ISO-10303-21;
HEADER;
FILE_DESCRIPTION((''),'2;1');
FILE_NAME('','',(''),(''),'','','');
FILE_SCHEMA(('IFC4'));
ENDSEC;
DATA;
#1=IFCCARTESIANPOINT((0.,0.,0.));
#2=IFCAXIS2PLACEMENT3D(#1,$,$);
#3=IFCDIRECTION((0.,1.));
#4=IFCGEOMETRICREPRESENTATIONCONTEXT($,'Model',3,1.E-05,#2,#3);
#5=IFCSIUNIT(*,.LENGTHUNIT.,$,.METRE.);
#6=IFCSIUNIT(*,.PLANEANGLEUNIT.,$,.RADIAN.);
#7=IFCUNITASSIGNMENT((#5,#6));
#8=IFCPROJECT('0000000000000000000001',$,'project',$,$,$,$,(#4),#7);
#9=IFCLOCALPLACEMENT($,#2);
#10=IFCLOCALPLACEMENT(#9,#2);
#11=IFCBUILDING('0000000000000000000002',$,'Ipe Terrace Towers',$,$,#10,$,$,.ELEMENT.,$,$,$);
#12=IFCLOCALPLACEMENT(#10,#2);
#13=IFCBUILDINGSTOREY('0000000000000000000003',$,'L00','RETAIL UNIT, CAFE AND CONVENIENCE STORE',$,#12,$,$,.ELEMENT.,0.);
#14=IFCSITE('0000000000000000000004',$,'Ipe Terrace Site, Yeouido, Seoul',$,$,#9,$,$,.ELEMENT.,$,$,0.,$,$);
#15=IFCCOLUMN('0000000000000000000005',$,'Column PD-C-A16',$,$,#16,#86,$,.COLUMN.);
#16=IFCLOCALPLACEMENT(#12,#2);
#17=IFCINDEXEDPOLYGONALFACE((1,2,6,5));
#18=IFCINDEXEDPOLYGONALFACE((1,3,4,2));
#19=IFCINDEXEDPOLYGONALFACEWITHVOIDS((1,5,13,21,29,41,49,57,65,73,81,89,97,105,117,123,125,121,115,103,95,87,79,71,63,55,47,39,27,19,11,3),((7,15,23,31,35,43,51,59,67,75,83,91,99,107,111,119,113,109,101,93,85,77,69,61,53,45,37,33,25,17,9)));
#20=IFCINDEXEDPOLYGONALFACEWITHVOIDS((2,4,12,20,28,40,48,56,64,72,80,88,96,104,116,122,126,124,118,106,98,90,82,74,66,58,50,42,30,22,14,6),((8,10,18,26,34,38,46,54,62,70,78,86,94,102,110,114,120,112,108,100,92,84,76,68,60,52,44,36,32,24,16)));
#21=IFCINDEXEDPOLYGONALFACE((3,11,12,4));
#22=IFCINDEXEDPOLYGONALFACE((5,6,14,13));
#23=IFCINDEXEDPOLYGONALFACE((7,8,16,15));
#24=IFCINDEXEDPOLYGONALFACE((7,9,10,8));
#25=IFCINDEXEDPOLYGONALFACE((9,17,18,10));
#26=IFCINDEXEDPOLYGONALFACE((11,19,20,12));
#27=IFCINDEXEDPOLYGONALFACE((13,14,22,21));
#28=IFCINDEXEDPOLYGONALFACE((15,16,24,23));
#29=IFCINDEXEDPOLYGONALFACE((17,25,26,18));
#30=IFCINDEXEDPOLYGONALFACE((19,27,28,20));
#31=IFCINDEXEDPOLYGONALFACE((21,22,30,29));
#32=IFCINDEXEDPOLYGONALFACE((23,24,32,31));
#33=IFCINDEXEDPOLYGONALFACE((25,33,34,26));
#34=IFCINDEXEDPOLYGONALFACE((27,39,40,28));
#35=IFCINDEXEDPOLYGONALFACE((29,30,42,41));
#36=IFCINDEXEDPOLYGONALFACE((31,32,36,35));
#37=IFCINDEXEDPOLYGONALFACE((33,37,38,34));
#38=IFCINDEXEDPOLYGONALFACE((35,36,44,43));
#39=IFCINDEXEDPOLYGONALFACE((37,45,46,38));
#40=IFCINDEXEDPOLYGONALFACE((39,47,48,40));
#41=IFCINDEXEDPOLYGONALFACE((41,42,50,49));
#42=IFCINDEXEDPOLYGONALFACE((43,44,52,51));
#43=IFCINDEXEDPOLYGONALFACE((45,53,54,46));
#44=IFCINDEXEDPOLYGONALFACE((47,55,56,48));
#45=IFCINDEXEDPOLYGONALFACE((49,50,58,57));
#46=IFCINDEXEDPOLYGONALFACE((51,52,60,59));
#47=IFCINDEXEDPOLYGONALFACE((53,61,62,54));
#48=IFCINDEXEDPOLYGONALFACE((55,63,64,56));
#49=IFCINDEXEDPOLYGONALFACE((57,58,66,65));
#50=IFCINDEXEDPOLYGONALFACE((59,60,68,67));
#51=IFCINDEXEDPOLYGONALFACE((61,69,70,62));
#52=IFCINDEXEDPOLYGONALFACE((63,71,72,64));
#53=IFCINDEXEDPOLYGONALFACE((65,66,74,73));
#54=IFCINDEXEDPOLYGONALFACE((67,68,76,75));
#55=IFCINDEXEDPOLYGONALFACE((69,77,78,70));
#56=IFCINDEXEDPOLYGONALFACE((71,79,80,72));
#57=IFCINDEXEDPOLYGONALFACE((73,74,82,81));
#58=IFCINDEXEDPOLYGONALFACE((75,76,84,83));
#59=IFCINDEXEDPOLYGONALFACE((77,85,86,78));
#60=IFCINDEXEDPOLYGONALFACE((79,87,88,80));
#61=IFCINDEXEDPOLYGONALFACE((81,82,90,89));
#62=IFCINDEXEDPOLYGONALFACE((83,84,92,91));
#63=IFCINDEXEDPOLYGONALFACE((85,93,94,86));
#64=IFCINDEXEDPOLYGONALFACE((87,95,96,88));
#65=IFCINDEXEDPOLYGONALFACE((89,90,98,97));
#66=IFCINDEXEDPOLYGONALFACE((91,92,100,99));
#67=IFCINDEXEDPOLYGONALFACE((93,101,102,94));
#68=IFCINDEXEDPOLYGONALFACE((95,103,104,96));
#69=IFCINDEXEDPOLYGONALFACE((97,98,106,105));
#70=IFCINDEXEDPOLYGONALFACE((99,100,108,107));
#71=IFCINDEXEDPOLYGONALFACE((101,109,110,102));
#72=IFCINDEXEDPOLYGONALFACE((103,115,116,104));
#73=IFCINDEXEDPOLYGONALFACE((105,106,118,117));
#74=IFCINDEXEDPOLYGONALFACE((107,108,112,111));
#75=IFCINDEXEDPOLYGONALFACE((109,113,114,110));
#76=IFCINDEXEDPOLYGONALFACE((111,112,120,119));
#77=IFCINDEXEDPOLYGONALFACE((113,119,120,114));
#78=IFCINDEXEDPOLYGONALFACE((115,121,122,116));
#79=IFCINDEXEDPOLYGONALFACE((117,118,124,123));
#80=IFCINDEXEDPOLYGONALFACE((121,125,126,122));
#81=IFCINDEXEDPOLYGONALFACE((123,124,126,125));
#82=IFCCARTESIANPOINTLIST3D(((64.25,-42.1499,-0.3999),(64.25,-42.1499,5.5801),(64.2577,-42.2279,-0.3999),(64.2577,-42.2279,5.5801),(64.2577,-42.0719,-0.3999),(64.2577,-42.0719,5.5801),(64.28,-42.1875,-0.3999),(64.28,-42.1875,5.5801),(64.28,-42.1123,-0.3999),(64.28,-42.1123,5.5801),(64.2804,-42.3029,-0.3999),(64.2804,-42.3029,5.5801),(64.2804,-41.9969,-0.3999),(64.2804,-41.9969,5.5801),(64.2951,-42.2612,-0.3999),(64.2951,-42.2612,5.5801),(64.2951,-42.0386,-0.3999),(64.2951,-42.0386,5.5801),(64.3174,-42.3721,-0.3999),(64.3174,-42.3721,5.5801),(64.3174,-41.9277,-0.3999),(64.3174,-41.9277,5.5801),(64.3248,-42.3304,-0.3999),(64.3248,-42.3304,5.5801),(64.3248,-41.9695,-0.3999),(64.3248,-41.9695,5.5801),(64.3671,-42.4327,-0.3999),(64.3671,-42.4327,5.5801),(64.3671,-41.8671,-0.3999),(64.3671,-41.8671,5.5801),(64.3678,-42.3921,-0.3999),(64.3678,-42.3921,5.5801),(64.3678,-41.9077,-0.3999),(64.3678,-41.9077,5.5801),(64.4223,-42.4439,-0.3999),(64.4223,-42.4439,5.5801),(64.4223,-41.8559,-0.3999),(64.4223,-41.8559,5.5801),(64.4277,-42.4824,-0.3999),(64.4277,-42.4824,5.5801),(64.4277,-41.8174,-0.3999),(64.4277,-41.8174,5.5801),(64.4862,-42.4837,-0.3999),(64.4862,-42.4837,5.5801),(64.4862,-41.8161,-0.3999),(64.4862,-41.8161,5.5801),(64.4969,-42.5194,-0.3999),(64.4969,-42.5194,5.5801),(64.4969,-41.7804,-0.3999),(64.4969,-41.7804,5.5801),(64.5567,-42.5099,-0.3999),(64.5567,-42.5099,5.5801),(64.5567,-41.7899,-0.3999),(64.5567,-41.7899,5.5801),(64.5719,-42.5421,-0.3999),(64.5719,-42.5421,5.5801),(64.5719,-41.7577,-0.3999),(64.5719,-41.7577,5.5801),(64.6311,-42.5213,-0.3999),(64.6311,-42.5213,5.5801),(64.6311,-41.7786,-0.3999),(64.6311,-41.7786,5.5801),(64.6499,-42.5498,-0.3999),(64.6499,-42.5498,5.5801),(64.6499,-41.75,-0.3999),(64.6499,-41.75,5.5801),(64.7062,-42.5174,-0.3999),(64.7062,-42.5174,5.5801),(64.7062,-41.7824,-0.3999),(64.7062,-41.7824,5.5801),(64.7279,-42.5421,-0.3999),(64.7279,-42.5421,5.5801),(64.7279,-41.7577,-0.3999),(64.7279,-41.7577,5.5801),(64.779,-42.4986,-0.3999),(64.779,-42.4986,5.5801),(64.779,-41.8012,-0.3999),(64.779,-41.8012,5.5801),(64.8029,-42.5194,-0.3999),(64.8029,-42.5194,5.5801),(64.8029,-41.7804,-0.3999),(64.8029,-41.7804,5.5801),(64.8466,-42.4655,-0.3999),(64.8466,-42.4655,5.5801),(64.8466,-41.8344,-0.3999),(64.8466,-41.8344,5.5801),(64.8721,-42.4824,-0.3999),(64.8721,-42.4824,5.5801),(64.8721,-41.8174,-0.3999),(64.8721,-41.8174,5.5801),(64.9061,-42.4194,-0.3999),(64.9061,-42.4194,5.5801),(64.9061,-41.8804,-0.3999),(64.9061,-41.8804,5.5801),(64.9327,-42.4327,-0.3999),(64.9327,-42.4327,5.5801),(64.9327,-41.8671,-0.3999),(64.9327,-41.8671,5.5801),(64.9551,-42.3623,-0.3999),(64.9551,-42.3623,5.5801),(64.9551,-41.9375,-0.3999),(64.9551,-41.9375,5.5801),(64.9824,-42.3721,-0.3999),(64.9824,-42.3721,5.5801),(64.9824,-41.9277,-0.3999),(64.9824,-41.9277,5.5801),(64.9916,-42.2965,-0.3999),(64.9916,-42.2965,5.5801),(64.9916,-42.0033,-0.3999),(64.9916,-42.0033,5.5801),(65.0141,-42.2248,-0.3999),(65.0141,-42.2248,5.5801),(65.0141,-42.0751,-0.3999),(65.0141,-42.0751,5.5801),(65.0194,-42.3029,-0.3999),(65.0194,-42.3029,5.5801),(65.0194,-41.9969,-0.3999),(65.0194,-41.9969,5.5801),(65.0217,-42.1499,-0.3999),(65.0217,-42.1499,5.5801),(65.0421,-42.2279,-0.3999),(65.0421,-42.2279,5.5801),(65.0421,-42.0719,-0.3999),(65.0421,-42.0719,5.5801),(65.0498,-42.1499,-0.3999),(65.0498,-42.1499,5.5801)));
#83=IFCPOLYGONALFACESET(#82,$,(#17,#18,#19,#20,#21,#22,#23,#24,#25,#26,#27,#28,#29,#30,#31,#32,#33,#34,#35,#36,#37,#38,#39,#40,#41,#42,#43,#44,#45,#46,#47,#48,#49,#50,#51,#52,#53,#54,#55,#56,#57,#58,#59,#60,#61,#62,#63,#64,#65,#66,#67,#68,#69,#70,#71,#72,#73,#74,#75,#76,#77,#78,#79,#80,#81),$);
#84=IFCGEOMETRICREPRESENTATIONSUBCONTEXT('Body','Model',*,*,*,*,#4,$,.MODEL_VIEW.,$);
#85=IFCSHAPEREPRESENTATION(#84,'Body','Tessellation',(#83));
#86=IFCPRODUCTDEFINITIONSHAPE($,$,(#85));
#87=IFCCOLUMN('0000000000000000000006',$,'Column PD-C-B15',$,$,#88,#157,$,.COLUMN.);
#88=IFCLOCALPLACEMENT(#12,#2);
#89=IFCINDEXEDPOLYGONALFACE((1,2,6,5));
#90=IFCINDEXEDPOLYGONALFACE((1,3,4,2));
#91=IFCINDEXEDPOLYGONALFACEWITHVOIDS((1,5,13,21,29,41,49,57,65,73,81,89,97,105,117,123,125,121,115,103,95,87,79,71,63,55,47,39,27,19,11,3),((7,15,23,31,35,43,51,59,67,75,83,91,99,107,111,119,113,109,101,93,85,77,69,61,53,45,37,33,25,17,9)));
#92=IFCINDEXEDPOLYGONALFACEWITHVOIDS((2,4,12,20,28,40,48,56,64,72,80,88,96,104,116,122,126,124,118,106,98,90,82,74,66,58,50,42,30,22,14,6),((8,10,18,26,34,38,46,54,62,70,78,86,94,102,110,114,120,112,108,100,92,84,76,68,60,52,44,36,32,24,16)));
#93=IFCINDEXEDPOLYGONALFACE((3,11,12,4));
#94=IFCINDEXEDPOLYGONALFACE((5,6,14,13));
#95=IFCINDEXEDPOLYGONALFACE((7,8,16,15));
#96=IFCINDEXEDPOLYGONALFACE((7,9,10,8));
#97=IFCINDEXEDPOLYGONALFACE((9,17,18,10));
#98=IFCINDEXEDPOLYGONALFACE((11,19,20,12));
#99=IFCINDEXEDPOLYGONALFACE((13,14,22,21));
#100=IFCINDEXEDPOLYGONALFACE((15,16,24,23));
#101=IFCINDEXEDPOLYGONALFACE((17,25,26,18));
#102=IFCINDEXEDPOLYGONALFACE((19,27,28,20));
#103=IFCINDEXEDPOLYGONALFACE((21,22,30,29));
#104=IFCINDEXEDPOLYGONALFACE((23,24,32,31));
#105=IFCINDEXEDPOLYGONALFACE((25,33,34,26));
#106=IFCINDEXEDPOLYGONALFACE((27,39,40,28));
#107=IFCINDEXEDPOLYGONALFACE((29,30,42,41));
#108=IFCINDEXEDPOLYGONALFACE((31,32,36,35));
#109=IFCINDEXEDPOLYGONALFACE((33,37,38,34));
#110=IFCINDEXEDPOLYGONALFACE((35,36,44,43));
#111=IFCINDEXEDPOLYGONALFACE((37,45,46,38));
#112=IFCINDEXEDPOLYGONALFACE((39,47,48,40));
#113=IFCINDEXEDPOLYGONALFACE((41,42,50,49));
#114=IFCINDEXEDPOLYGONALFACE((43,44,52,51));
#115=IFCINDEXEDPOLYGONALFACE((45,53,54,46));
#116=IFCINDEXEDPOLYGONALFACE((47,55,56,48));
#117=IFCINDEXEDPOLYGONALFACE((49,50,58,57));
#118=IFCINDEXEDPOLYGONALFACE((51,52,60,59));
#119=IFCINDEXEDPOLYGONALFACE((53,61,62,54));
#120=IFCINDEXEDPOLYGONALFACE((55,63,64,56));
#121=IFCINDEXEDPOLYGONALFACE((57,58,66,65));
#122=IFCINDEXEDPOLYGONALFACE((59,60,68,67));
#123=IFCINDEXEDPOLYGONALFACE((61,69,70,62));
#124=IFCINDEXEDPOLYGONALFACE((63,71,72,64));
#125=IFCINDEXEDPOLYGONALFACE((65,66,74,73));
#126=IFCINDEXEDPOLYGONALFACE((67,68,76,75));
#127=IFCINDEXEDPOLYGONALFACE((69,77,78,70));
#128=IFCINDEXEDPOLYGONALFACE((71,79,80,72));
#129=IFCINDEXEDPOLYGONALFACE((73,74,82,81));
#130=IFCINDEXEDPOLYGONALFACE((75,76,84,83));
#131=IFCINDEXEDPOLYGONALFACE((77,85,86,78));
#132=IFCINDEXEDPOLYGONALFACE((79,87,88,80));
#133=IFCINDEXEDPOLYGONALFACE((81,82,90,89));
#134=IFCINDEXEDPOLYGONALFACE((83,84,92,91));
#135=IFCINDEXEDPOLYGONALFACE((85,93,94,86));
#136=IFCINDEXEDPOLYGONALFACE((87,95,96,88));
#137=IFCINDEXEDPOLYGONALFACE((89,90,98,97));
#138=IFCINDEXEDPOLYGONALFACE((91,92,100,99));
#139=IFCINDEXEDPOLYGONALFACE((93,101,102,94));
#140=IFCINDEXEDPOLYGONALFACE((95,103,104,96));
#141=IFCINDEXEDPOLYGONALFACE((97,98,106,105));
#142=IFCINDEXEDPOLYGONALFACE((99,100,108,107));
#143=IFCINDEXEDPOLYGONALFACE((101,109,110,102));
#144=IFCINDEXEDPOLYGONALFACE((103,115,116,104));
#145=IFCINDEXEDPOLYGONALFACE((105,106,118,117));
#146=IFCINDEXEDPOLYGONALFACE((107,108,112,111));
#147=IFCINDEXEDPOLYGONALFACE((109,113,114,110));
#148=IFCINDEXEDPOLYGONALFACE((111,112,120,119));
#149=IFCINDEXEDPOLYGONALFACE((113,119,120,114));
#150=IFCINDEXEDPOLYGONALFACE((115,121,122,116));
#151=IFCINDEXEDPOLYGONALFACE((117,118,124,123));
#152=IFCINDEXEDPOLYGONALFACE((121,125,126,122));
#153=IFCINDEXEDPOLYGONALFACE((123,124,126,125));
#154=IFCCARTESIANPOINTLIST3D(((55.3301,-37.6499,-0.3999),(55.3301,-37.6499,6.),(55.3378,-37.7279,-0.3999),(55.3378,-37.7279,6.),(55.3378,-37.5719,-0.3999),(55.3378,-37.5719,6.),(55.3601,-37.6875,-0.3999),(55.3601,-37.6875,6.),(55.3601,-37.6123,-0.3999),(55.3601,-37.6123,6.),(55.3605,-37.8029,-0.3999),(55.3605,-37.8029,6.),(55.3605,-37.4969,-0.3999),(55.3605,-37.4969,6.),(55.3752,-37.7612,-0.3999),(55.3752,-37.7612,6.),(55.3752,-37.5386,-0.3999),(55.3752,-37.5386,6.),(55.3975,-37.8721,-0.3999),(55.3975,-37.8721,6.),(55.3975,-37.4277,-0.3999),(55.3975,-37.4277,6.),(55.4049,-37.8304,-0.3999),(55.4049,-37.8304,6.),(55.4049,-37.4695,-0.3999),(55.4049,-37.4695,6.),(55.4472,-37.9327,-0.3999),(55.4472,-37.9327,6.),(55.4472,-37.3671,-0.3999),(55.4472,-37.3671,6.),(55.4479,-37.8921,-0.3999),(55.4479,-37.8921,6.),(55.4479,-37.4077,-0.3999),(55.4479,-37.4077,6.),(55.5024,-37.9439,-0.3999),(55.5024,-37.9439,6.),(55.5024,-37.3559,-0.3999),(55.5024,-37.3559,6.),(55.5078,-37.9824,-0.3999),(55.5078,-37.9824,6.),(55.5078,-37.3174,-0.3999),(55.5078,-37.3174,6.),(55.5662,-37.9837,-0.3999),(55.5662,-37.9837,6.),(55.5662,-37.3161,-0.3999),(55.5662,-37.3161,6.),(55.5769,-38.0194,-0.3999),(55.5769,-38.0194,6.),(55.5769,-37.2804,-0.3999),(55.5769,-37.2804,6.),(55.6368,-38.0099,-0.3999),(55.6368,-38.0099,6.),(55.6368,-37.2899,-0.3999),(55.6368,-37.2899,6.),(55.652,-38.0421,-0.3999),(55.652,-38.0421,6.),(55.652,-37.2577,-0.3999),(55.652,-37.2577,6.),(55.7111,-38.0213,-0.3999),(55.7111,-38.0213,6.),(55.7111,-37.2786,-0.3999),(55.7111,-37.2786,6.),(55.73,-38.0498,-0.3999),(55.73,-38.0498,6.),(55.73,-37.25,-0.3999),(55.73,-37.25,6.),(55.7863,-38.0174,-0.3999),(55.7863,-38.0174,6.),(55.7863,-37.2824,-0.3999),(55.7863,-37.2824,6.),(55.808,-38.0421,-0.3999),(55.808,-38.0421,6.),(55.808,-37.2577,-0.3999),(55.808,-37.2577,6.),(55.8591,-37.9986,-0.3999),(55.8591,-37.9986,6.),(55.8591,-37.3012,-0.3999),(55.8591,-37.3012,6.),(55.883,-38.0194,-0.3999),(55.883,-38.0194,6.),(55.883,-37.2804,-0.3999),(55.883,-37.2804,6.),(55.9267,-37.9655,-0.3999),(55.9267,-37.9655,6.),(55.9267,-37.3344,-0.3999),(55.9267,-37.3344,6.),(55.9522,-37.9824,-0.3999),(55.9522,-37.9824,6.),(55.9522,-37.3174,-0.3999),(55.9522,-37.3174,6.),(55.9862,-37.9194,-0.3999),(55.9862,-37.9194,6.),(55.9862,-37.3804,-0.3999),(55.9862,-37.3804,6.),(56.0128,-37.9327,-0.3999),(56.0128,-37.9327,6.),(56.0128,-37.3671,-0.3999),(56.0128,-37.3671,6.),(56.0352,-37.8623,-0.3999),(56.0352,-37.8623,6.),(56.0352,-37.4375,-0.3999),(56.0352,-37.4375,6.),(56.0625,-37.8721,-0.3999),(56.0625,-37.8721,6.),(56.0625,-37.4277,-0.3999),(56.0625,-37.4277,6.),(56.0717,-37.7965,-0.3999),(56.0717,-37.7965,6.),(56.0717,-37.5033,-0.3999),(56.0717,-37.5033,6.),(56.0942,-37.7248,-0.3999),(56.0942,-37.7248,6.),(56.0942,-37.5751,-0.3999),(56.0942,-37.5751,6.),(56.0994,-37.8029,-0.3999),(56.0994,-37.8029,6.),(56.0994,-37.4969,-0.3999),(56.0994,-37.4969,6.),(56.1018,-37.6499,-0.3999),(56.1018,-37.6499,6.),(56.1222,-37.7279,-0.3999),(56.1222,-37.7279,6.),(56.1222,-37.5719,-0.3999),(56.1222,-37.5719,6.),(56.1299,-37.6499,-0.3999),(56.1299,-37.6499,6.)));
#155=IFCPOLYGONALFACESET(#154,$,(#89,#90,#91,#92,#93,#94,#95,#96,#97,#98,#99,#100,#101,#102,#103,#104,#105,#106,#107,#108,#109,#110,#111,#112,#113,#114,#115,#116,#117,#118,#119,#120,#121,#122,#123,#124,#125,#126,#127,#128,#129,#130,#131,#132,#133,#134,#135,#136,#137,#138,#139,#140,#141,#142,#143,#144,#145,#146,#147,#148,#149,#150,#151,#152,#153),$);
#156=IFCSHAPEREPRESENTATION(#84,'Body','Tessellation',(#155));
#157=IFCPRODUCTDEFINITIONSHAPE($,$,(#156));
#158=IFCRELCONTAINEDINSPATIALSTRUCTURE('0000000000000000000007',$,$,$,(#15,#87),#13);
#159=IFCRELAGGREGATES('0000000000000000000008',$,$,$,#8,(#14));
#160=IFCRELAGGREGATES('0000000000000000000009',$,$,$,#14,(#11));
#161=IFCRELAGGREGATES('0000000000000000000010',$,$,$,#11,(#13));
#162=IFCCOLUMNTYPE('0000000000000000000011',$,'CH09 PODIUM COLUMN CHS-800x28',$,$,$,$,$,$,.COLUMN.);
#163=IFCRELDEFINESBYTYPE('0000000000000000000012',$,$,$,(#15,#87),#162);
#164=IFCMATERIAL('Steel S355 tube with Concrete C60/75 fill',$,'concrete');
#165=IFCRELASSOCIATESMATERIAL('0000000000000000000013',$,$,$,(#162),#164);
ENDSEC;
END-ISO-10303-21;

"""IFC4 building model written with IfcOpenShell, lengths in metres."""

from ifc_helpers import new_model, si_unit, direction, frame, origin, origin_2d, place, context, subcontext, project, spatial, hollow_circle, extrude, material, material_profile, profile_set, type_object, element, save


model = new_model("IFC4")

# Units and contexts
model_context = context("Model", 3, precision=1e-05, world=origin(), true_north=direction((0.0, 1.0)))
body_context = subcontext(model_context, "Body", "Model", "MODEL_VIEW")
ifc_project = project(units=[si_unit("LENGTHUNIT", "METRE"), si_unit("PLANEANGLEUNIT", "RADIAN")], contexts=[model_context])

# Site, building, storey
site_placement = place(None, origin())
site = spatial("IfcSite", under=ifc_project, at=site_placement, Name="Ipe Terrace Site, Yeouido, Seoul", CompositionType="ELEMENT", RefElevation=0.0)
building_placement = place(site_placement, origin())
building = spatial("IfcBuilding", under=site, at=building_placement, Name="Ipe Terrace Towers", CompositionType="ELEMENT")
storey_placement = place(building_placement, origin())
storey = spatial("IfcBuildingStorey", under=building, at=storey_placement, Name="L00", Description="RETAIL UNIT, CAFE AND CONVENIENCE STORE", CompositionType="ELEMENT", Elevation=0.0)

# Columns
ifc_material_1 = material(Name="Steel S355 tube with Concrete C60/75 fill", Category="concrete")
ifc_material_profile_1 = material_profile(ifc_material_1, hollow_circle(Radius=0.3999, WallThickness=0.0281, at=origin_2d()), Name="CHS-800x28")
ifc_profile_set_1 = profile_set([ifc_material_profile_1], Name="Steel S355 tube with Concrete C60/75 fill")
column_type_1 = type_object("IfcColumnType", Name="CH09 PODIUM COLUMN CHS-800x28", PredefinedType="COLUMN", material=ifc_profile_set_1)
for number, where, z_axis, x_axis, name in (
    (1, (64.6499, -42.1499, -0.3999), (0.0, 0.0, 1.0), (1.0, 0.0, 0.0), "Column PD-C-A16"),
):
    element("IfcColumn", number, at=place(storey_placement, frame(where, z_axis=z_axis, x_axis=x_axis)), inside=storey, type_object=column_type_1, Name=name, PredefinedType="COLUMN", context=body_context, shape_type="SweptSolid", body=[
        extrude(hollow_circle(Radius=0.3999, WallThickness=0.0281, at=origin_2d()), origin(), (0.0, 0.0, 1.0), 5.98),
    ])
for number, where, z_axis, x_axis, name in (
    (2, (55.73, -37.6499, -0.3999), (0.0, 0.0, 1.0), (1.0, 0.0, 0.0), "Column PD-C-B15"),
):
    element("IfcColumn", number, at=place(storey_placement, frame(where, z_axis=z_axis, x_axis=x_axis)), inside=storey, type_object=column_type_1, Name=name, PredefinedType="COLUMN", context=body_context, shape_type="SweptSolid", body=[
        extrude(hollow_circle(Radius=0.3999, WallThickness=0.0281, at=origin_2d()), origin(), (0.0, 0.0, 1.0), 6.3999),
    ])

save(model, "model.ifc")
